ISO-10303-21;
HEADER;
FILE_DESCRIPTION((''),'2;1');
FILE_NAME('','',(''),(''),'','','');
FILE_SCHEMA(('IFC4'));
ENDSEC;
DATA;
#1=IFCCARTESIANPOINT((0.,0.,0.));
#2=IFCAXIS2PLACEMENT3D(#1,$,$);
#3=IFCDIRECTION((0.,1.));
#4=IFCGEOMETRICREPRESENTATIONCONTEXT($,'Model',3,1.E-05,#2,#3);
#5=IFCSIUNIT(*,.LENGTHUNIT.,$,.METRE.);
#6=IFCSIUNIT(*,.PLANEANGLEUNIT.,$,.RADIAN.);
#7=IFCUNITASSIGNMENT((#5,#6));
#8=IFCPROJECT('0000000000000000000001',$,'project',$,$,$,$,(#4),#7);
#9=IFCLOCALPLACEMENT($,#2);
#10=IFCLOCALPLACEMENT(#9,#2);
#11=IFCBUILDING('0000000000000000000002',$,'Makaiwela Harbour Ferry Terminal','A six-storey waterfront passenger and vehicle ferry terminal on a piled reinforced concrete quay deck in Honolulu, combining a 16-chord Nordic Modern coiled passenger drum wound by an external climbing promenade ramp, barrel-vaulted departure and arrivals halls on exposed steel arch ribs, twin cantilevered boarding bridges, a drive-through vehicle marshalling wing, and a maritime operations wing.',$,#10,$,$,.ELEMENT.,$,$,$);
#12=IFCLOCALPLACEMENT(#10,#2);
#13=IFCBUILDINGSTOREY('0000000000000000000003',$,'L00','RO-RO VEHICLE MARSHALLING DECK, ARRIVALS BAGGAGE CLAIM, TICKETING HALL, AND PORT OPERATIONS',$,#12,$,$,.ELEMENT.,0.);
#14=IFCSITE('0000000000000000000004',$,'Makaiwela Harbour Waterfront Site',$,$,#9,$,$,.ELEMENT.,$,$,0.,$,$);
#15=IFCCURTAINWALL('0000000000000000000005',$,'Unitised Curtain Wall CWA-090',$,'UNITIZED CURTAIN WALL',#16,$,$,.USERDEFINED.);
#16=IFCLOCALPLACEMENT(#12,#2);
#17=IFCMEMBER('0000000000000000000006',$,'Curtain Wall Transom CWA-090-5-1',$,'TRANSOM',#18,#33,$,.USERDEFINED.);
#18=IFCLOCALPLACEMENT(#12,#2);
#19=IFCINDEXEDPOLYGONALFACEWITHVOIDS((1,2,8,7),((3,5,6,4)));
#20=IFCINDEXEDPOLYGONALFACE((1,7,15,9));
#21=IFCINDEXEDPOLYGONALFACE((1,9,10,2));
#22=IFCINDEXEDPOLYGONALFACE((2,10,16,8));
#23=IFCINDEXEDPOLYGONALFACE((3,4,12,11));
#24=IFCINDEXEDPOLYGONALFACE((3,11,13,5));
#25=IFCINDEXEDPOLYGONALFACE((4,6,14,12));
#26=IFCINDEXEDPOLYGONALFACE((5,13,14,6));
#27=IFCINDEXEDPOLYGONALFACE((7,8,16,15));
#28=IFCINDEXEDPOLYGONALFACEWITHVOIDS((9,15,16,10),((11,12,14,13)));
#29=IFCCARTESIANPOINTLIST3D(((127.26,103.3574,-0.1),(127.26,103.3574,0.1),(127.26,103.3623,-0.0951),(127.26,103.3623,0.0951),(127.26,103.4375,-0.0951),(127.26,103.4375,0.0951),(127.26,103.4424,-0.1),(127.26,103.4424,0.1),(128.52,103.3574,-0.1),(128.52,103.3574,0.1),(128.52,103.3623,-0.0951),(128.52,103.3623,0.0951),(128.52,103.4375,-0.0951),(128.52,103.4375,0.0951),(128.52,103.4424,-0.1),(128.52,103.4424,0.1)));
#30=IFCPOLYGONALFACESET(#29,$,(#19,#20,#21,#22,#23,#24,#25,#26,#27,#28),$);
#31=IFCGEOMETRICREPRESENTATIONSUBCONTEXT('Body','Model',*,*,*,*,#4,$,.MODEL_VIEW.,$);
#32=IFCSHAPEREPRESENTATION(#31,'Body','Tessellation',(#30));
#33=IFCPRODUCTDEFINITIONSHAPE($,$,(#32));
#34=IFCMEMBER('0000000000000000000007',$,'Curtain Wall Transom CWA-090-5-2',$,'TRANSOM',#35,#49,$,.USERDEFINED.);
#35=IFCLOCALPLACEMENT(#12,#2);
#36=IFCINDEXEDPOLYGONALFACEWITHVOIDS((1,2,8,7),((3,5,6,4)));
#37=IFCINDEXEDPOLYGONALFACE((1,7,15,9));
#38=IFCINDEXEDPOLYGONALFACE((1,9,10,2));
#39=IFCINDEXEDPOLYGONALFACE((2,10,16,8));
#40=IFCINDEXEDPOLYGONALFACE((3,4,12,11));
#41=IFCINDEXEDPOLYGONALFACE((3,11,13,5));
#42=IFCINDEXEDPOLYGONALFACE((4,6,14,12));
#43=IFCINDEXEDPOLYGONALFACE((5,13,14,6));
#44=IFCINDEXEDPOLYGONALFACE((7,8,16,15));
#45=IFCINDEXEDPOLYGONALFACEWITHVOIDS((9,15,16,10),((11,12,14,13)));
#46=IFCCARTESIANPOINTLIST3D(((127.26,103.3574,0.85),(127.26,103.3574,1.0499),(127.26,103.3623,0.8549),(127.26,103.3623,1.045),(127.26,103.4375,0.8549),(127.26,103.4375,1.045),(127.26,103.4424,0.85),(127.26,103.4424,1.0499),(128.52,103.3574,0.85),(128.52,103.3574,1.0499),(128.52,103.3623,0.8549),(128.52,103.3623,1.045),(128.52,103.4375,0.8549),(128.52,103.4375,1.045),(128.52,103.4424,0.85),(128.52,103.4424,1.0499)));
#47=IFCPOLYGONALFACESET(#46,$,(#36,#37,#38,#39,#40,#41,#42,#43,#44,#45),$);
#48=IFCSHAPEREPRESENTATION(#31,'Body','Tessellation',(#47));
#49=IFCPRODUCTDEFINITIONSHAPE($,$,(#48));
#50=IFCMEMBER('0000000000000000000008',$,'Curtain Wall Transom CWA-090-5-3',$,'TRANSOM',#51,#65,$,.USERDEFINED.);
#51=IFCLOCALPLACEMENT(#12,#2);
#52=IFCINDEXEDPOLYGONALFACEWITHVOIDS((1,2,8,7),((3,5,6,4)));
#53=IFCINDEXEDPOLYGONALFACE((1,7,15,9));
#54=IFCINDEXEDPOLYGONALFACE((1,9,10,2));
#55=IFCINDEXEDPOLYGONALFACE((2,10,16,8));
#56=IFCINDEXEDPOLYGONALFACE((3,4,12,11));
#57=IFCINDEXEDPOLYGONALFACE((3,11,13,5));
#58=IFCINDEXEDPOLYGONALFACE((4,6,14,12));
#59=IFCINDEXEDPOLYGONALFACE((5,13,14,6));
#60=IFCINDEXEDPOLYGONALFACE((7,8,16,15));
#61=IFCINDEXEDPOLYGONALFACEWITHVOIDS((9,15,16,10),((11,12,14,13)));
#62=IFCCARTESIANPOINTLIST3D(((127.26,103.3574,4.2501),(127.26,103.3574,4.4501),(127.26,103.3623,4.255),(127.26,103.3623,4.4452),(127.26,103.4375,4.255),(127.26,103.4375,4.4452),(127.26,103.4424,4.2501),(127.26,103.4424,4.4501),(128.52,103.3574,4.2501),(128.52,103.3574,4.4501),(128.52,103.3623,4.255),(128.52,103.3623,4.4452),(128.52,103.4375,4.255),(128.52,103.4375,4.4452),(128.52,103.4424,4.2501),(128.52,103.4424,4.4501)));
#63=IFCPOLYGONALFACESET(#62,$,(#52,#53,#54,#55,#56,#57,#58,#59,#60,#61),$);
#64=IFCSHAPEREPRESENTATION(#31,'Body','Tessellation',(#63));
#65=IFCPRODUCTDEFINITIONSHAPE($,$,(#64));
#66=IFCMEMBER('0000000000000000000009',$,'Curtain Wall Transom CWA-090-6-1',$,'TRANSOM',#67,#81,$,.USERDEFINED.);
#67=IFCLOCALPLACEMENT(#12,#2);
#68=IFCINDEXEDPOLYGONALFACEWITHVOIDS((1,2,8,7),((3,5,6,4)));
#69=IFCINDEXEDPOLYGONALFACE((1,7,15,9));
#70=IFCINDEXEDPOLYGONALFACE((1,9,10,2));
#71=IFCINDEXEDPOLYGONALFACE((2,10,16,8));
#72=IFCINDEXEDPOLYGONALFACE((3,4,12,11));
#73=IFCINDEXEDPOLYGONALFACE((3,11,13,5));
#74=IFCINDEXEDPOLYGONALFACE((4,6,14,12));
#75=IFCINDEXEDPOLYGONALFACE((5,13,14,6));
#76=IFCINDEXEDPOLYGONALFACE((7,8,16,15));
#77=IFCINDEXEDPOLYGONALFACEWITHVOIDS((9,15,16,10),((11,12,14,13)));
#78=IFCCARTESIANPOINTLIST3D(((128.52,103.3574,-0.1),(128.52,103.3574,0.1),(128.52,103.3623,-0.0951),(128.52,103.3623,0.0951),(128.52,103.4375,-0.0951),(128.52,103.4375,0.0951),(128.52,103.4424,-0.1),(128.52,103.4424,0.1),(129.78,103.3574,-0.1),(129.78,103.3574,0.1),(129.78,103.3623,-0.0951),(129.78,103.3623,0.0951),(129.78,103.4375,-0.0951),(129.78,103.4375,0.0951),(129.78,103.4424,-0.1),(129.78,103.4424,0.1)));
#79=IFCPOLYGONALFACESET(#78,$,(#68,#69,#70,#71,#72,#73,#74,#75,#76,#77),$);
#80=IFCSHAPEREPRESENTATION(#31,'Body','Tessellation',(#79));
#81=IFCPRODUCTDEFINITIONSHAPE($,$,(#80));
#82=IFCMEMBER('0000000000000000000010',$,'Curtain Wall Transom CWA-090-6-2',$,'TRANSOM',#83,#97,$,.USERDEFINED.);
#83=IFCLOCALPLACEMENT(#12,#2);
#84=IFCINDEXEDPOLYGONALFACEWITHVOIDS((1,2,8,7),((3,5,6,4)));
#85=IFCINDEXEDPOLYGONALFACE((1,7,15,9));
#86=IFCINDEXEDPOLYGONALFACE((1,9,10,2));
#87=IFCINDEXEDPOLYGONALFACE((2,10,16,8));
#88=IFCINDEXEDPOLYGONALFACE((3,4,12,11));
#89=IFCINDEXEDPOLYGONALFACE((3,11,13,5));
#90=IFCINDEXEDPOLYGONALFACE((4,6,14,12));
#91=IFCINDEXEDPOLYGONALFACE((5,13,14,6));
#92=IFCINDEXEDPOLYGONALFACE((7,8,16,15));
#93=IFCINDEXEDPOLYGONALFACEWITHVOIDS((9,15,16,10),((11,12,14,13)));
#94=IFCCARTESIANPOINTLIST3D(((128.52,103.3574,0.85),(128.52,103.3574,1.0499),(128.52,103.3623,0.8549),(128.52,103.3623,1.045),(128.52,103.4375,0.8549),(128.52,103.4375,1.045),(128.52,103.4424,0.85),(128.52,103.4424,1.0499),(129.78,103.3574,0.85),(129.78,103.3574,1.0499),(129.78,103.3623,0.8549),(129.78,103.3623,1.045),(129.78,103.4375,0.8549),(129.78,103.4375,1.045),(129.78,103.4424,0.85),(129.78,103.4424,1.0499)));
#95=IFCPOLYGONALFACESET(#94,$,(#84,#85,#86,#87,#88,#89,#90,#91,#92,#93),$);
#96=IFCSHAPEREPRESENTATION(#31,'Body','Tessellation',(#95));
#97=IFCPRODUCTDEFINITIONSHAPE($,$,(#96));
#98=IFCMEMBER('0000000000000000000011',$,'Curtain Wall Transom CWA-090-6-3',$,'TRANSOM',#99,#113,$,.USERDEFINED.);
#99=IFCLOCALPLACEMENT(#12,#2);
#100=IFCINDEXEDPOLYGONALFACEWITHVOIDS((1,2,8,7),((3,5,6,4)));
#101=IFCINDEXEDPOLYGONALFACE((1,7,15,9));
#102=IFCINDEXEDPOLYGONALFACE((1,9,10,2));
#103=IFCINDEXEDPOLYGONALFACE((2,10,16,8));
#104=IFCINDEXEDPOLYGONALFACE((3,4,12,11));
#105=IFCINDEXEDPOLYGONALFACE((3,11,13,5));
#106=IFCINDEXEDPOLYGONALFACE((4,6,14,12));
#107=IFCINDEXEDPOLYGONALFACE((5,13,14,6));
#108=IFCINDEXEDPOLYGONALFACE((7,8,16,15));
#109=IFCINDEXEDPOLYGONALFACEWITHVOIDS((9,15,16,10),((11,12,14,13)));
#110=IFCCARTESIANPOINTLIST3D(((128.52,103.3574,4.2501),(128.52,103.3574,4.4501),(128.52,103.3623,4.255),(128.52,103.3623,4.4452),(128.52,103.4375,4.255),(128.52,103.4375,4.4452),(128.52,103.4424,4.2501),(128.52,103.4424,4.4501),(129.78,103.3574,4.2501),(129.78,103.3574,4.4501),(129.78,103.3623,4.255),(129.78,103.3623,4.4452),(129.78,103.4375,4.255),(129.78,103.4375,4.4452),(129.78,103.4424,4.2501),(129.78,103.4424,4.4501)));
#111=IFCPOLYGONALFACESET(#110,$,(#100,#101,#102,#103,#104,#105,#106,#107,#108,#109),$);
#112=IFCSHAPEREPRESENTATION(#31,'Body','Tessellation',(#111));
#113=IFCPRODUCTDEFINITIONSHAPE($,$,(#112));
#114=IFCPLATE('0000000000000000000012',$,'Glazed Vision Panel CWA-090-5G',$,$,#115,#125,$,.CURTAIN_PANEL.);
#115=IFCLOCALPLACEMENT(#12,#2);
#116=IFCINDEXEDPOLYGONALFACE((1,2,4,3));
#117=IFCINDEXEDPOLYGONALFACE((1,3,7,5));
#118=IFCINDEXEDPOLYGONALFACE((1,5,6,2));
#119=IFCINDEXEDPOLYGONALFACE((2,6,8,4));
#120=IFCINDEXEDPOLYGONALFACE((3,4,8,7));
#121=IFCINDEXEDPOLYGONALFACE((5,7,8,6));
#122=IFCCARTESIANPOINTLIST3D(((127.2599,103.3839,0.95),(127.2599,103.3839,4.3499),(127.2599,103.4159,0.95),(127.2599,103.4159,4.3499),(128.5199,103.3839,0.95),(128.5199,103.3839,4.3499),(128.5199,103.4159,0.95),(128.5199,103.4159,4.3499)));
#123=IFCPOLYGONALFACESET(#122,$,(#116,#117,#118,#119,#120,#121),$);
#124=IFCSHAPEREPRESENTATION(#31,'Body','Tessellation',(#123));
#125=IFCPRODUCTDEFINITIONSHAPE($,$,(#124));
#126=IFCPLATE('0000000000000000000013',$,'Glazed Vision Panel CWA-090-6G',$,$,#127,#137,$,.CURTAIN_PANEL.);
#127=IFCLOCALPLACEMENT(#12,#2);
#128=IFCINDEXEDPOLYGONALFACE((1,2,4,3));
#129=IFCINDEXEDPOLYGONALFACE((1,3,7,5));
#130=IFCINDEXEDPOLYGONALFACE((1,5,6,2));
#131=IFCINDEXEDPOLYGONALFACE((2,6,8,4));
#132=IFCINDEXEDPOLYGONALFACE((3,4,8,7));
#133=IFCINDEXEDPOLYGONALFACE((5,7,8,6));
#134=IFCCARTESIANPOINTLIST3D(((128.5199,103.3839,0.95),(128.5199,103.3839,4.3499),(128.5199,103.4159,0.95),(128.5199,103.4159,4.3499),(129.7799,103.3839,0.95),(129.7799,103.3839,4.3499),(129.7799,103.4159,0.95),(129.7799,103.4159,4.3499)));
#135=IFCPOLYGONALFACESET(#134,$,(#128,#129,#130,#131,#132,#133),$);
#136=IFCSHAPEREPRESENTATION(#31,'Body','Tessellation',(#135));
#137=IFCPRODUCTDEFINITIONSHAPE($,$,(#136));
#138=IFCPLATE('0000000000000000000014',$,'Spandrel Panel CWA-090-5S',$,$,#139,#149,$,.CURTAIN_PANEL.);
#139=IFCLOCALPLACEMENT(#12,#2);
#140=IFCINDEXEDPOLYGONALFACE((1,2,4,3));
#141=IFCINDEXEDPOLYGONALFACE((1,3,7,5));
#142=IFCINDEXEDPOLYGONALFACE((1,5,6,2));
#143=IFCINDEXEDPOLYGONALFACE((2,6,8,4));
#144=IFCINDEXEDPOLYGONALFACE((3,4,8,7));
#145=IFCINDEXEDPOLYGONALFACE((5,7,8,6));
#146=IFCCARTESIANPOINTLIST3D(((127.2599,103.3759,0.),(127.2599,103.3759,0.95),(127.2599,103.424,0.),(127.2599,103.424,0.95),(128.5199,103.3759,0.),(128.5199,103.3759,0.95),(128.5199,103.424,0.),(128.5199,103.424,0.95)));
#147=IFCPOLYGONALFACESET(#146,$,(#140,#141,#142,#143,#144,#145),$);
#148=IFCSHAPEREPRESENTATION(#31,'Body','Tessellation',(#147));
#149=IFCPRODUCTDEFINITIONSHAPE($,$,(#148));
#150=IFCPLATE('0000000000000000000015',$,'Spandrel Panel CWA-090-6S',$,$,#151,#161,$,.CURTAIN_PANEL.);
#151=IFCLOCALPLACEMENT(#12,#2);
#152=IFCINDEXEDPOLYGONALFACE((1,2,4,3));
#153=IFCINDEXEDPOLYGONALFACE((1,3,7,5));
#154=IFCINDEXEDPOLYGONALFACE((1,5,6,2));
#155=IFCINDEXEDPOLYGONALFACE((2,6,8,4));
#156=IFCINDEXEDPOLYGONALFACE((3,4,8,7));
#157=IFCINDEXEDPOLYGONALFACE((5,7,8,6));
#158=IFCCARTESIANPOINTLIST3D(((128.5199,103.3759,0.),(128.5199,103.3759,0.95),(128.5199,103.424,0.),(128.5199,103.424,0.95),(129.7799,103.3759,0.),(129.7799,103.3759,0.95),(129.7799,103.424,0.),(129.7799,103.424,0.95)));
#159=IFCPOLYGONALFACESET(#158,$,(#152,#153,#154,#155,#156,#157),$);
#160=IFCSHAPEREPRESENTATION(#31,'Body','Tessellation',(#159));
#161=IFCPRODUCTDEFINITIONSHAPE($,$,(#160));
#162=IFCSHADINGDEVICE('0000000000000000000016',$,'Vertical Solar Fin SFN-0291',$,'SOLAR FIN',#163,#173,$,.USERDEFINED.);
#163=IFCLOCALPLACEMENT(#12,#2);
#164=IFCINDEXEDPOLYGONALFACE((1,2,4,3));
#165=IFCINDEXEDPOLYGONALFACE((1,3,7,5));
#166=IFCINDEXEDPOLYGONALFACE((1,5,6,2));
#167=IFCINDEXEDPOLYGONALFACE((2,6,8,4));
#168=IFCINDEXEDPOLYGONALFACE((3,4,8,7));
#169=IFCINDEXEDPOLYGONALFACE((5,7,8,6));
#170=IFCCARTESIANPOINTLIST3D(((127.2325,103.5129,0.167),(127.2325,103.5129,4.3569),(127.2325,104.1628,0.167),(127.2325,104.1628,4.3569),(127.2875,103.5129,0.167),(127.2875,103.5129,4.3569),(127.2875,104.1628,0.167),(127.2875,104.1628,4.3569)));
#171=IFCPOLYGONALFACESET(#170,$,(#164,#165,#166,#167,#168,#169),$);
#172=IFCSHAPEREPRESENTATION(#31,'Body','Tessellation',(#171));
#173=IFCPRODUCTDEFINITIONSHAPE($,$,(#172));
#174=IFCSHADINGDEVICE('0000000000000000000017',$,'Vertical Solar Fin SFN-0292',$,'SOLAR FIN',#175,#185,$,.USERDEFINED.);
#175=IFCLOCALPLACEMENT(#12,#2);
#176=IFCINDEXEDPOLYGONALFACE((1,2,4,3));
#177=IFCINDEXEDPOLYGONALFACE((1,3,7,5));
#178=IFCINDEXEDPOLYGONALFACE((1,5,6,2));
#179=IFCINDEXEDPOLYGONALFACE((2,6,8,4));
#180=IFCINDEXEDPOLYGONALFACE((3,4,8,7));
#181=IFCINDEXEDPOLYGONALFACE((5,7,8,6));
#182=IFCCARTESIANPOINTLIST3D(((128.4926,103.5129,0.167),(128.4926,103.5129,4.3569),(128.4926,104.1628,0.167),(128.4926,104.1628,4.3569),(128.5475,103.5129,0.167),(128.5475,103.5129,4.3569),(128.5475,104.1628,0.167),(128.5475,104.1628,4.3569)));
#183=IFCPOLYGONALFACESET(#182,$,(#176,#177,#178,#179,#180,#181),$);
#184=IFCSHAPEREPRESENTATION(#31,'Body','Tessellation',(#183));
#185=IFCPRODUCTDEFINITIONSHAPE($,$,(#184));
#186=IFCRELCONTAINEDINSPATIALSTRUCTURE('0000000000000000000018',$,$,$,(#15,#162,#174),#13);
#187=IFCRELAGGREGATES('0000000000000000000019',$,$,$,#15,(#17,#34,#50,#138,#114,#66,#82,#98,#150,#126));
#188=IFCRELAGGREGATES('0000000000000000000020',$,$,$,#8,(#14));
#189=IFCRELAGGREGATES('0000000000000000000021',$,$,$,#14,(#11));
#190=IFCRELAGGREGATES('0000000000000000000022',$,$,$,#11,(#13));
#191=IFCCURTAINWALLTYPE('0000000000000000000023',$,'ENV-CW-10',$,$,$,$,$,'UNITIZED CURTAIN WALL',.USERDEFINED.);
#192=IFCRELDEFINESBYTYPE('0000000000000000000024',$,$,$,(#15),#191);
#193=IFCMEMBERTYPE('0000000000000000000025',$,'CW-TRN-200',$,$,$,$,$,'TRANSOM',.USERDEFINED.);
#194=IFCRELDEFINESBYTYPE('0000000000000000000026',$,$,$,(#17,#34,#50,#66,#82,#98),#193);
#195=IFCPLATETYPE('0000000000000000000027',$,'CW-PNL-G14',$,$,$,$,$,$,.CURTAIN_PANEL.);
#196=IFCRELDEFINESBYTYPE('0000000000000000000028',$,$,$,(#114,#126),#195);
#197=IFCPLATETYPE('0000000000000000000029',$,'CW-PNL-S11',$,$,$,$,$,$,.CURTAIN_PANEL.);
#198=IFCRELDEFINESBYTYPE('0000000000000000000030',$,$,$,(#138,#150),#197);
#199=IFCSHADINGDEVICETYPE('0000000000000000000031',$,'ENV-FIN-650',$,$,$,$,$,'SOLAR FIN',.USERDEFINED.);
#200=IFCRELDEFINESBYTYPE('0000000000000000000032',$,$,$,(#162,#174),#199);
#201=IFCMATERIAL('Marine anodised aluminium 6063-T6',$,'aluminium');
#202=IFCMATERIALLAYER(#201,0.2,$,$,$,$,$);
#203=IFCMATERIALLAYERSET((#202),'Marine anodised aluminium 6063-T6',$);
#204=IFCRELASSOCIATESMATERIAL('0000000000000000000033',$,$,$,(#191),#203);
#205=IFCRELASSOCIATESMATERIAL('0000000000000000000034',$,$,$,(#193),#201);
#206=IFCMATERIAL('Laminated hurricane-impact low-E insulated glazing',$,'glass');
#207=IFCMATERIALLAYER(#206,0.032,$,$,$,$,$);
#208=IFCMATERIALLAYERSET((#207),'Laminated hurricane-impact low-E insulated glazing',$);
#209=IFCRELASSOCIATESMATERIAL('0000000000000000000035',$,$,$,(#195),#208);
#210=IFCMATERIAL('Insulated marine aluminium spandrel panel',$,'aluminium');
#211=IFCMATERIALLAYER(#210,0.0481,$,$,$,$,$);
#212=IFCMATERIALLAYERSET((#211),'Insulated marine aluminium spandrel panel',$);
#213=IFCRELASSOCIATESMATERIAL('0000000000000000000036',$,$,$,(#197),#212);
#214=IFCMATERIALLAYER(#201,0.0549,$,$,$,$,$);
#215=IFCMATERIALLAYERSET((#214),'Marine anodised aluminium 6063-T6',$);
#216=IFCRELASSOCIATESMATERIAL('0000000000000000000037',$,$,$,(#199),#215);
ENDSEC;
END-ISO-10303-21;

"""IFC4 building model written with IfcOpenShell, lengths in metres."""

from ifc_helpers import new_model, si_unit, direction, frame, origin, origin_2d, place, context, subcontext, project, spatial, rectangle, hollow_rectangle, extrude, material, layer, layer_set, material_profile, profile_set, type_object, element, aggregate, save


model = new_model("IFC4")

# Units and contexts
model_context = context("Model", 3, precision=1e-05, world=origin(), true_north=direction((0.0, 1.0)))
body_context = subcontext(model_context, "Body", "Model", "MODEL_VIEW")
ifc_project = project(units=[si_unit("LENGTHUNIT", "METRE"), si_unit("PLANEANGLEUNIT", "RADIAN")], contexts=[model_context])

# Site, building, storey
site_placement = place(None, origin())
site = spatial("IfcSite", under=ifc_project, at=site_placement, Name="Makaiwela Harbour Waterfront Site", CompositionType="ELEMENT", RefElevation=0.0)
building_placement = place(site_placement, origin())
building = spatial("IfcBuilding", under=site, at=building_placement, Name="Makaiwela Harbour Ferry Terminal", Description="A six-storey waterfront passenger and vehicle ferry terminal on a piled reinforced concrete quay deck in Honolulu, combining a 16-chord Nordic Modern coiled passenger drum wound by an external climbing promenade ramp, barrel-vaulted departure and arrivals halls on exposed steel arch ribs, twin cantilevered boarding bridges, a drive-through vehicle marshalling wing, and a maritime operations wing.", CompositionType="ELEMENT")
storey_placement = place(building_placement, origin())
storey = spatial("IfcBuildingStorey", under=building, at=storey_placement, Name="L00", Description="RO-RO VEHICLE MARSHALLING DECK, ARRIVALS BAGGAGE CLAIM, TICKETING HALL, AND PORT OPERATIONS", CompositionType="ELEMENT", Elevation=0.0)

# Curtain wall, members, plates
ifc_material_1 = material(Name="Marine anodised aluminium 6063-T6", Category="aluminium")
ifc_layer_1 = layer(ifc_material_1, 0.2)
ifc_layer_set_1 = layer_set([ifc_layer_1], Name="Marine anodised aluminium 6063-T6")
curtain_wall_type = type_object("IfcCurtainWallType", Name="ENV-CW-10", ElementType="UNITIZED CURTAIN WALL", PredefinedType="USERDEFINED", material=ifc_layer_set_1)
curtain_wall_placement = place(storey_placement, origin())
curtain_wall = element("IfcCurtainWall", 1, at=curtain_wall_placement, inside=storey, type_object=curtain_wall_type, Name="Unitised Curtain Wall CWA-090", ObjectType="UNITIZED CURTAIN WALL", PredefinedType="USERDEFINED")
ifc_material_profile_1 = material_profile(ifc_material_1, hollow_rectangle(XDim=0.085, YDim=0.2, WallThickness=0.0049, at=origin_2d()), Name="CWT-200X85")
ifc_profile_set_1 = profile_set([ifc_material_profile_1], Name="Marine anodised aluminium 6063-T6")
member_type_1 = type_object("IfcMemberType", Name="CW-TRN-200", ElementType="TRANSOM", PredefinedType="USERDEFINED", material=ifc_profile_set_1)
member_1_placement = place(storey_placement, frame((127.26, 103.3999, 0.0), z_axis=(1.0, 0.0, 0.0), x_axis=(0.0, 1.0, 0.0)))
member_1 = element("IfcMember", 2, at=member_1_placement, type_object=member_type_1, Name="Curtain Wall Transom CWA-090-5-1", ObjectType="TRANSOM", PredefinedType="USERDEFINED", context=body_context, shape_type="SweptSolid", body=[
    extrude(hollow_rectangle(XDim=0.085, YDim=0.2, WallThickness=0.0049, at=origin_2d()), origin(), (0.0, 0.0, 1.0), 1.26),
])
member_2_placement = place(storey_placement, frame((127.26, 103.3999, 0.95), z_axis=(1.0, 0.0, 0.0), x_axis=(0.0, 1.0, 0.0)))
member_2 = element("IfcMember", 3, at=member_2_placement, type_object=member_type_1, Name="Curtain Wall Transom CWA-090-5-2", ObjectType="TRANSOM", PredefinedType="USERDEFINED", context=body_context, shape_type="SweptSolid", body=[
    extrude(hollow_rectangle(XDim=0.085, YDim=0.2, WallThickness=0.0049, at=origin_2d()), origin(), (0.0, 0.0, 1.0), 1.26),
])
member_3_placement = place(storey_placement, frame((127.26, 103.3999, 4.3501), z_axis=(1.0, 0.0, 0.0), x_axis=(0.0, 1.0, 0.0)))
member_3 = element("IfcMember", 4, at=member_3_placement, type_object=member_type_1, Name="Curtain Wall Transom CWA-090-5-3", ObjectType="TRANSOM", PredefinedType="USERDEFINED", context=body_context, shape_type="SweptSolid", body=[
    extrude(hollow_rectangle(XDim=0.085, YDim=0.2, WallThickness=0.0049, at=origin_2d()), origin(), (0.0, 0.0, 1.0), 1.26),
])
member_4_placement = place(storey_placement, frame((128.52, 103.3999, 0.0), z_axis=(1.0, 0.0, 0.0), x_axis=(0.0, 1.0, 0.0)))
member_4 = element("IfcMember", 5, at=member_4_placement, type_object=member_type_1, Name="Curtain Wall Transom CWA-090-6-1", ObjectType="TRANSOM", PredefinedType="USERDEFINED", context=body_context, shape_type="SweptSolid", body=[
    extrude(hollow_rectangle(XDim=0.085, YDim=0.2, WallThickness=0.0049, at=origin_2d()), origin(), (0.0, 0.0, 1.0), 1.26),
])
member_5_placement = place(storey_placement, frame((128.52, 103.3999, 0.95), z_axis=(1.0, 0.0, 0.0), x_axis=(0.0, 1.0, 0.0)))
member_5 = element("IfcMember", 6, at=member_5_placement, type_object=member_type_1, Name="Curtain Wall Transom CWA-090-6-2", ObjectType="TRANSOM", PredefinedType="USERDEFINED", context=body_context, shape_type="SweptSolid", body=[
    extrude(hollow_rectangle(XDim=0.085, YDim=0.2, WallThickness=0.0049, at=origin_2d()), origin(), (0.0, 0.0, 1.0), 1.26),
])
member_6_placement = place(storey_placement, frame((128.52, 103.3999, 4.3501), z_axis=(1.0, 0.0, 0.0), x_axis=(0.0, 1.0, 0.0)))
member_6 = element("IfcMember", 7, at=member_6_placement, type_object=member_type_1, Name="Curtain Wall Transom CWA-090-6-3", ObjectType="TRANSOM", PredefinedType="USERDEFINED", context=body_context, shape_type="SweptSolid", body=[
    extrude(hollow_rectangle(XDim=0.085, YDim=0.2, WallThickness=0.0049, at=origin_2d()), origin(), (0.0, 0.0, 1.0), 1.26),
])
ifc_material_2 = material(Name="Laminated hurricane-impact low-E insulated glazing", Category="glass")
ifc_layer_2 = layer(ifc_material_2, 0.032)
ifc_layer_set_2 = layer_set([ifc_layer_2], Name="Laminated hurricane-impact low-E insulated glazing")
plate_type_1 = type_object("IfcPlateType", Name="CW-PNL-G14", PredefinedType="CURTAIN_PANEL", material=ifc_layer_set_2)
plate_1_placement = place(storey_placement, frame((127.8899, 103.3999, 0.95), z_axis=(0.0, 0.0, 1.0), x_axis=(1.0, 0.0, 0.0)))
plate_1 = element("IfcPlate", 8, at=plate_1_placement, type_object=plate_type_1, Name="Glazed Vision Panel CWA-090-5G", PredefinedType="CURTAIN_PANEL", context=body_context, shape_type="SweptSolid", body=[
    extrude(rectangle(XDim=1.26, YDim=0.032, at=origin_2d()), origin(), (0.0, 0.0, 1.0), 3.3999),
])
plate_2_placement = place(storey_placement, frame((129.1499, 103.3999, 0.95), z_axis=(0.0, 0.0, 1.0), x_axis=(1.0, 0.0, 0.0)))
plate_2 = element("IfcPlate", 9, at=plate_2_placement, type_object=plate_type_1, Name="Glazed Vision Panel CWA-090-6G", PredefinedType="CURTAIN_PANEL", context=body_context, shape_type="SweptSolid", body=[
    extrude(rectangle(XDim=1.26, YDim=0.032, at=origin_2d()), origin(), (0.0, 0.0, 1.0), 3.3999),
])
ifc_material_3 = material(Name="Insulated marine aluminium spandrel panel", Category="aluminium")
ifc_layer_3 = layer(ifc_material_3, 0.0481)
ifc_layer_set_3 = layer_set([ifc_layer_3], Name="Insulated marine aluminium spandrel panel")
plate_type_2 = type_object("IfcPlateType", Name="CW-PNL-S11", PredefinedType="CURTAIN_PANEL", material=ifc_layer_set_3)
plate_3_placement = place(storey_placement, frame((127.8899, 103.3999, 0.0), z_axis=(0.0, 0.0, 1.0), x_axis=(1.0, 0.0, 0.0)))
plate_3 = element("IfcPlate", 10, at=plate_3_placement, type_object=plate_type_2, Name="Spandrel Panel CWA-090-5S", PredefinedType="CURTAIN_PANEL", context=body_context, shape_type="SweptSolid", body=[
    extrude(rectangle(XDim=1.26, YDim=0.0481, at=origin_2d()), origin(), (0.0, 0.0, 1.0), 0.95),
])
plate_4_placement = place(storey_placement, frame((129.1499, 103.3999, 0.0), z_axis=(0.0, 0.0, 1.0), x_axis=(1.0, 0.0, 0.0)))
plate_4 = element("IfcPlate", 11, at=plate_4_placement, type_object=plate_type_2, Name="Spandrel Panel CWA-090-6S", PredefinedType="CURTAIN_PANEL", context=body_context, shape_type="SweptSolid", body=[
    extrude(rectangle(XDim=1.26, YDim=0.0481, at=origin_2d()), origin(), (0.0, 0.0, 1.0), 0.95),
])
aggregate(curtain_wall, [member_1, member_2, member_3, plate_3, plate_1, member_4, member_5, member_6, plate_4, plate_2])

# Shading devices
ifc_layer_4 = layer(ifc_material_1, 0.0549)
ifc_layer_set_4 = layer_set([ifc_layer_4], Name="Marine anodised aluminium 6063-T6")
shading_device_type = type_object("IfcShadingDeviceType", Name="ENV-FIN-650", ElementType="SOLAR FIN", PredefinedType="USERDEFINED", material=ifc_layer_set_4)
for number, where, z_axis, x_axis, name in (
    (12, (127.26, 103.8379, 0.167), (0.0, 0.0, 1.0), (0.0, 1.0, 0.0), "Vertical Solar Fin SFN-0291"),
    (13, (128.52, 103.8379, 0.167), (0.0, 0.0, 1.0), (0.0, 1.0, 0.0), "Vertical Solar Fin SFN-0292"),
):
    element("IfcShadingDevice", number, at=place(storey_placement, frame(where, z_axis=z_axis, x_axis=x_axis)), inside=storey, type_object=shading_device_type, Name=name, ObjectType="SOLAR FIN", PredefinedType="USERDEFINED", context=body_context, shape_type="SweptSolid", body=[
        extrude(rectangle(XDim=0.6499, YDim=0.0549, at=origin_2d()), origin(), (0.0, 0.0, 1.0), 4.1899),
    ])

save(model, "model.ifc")
